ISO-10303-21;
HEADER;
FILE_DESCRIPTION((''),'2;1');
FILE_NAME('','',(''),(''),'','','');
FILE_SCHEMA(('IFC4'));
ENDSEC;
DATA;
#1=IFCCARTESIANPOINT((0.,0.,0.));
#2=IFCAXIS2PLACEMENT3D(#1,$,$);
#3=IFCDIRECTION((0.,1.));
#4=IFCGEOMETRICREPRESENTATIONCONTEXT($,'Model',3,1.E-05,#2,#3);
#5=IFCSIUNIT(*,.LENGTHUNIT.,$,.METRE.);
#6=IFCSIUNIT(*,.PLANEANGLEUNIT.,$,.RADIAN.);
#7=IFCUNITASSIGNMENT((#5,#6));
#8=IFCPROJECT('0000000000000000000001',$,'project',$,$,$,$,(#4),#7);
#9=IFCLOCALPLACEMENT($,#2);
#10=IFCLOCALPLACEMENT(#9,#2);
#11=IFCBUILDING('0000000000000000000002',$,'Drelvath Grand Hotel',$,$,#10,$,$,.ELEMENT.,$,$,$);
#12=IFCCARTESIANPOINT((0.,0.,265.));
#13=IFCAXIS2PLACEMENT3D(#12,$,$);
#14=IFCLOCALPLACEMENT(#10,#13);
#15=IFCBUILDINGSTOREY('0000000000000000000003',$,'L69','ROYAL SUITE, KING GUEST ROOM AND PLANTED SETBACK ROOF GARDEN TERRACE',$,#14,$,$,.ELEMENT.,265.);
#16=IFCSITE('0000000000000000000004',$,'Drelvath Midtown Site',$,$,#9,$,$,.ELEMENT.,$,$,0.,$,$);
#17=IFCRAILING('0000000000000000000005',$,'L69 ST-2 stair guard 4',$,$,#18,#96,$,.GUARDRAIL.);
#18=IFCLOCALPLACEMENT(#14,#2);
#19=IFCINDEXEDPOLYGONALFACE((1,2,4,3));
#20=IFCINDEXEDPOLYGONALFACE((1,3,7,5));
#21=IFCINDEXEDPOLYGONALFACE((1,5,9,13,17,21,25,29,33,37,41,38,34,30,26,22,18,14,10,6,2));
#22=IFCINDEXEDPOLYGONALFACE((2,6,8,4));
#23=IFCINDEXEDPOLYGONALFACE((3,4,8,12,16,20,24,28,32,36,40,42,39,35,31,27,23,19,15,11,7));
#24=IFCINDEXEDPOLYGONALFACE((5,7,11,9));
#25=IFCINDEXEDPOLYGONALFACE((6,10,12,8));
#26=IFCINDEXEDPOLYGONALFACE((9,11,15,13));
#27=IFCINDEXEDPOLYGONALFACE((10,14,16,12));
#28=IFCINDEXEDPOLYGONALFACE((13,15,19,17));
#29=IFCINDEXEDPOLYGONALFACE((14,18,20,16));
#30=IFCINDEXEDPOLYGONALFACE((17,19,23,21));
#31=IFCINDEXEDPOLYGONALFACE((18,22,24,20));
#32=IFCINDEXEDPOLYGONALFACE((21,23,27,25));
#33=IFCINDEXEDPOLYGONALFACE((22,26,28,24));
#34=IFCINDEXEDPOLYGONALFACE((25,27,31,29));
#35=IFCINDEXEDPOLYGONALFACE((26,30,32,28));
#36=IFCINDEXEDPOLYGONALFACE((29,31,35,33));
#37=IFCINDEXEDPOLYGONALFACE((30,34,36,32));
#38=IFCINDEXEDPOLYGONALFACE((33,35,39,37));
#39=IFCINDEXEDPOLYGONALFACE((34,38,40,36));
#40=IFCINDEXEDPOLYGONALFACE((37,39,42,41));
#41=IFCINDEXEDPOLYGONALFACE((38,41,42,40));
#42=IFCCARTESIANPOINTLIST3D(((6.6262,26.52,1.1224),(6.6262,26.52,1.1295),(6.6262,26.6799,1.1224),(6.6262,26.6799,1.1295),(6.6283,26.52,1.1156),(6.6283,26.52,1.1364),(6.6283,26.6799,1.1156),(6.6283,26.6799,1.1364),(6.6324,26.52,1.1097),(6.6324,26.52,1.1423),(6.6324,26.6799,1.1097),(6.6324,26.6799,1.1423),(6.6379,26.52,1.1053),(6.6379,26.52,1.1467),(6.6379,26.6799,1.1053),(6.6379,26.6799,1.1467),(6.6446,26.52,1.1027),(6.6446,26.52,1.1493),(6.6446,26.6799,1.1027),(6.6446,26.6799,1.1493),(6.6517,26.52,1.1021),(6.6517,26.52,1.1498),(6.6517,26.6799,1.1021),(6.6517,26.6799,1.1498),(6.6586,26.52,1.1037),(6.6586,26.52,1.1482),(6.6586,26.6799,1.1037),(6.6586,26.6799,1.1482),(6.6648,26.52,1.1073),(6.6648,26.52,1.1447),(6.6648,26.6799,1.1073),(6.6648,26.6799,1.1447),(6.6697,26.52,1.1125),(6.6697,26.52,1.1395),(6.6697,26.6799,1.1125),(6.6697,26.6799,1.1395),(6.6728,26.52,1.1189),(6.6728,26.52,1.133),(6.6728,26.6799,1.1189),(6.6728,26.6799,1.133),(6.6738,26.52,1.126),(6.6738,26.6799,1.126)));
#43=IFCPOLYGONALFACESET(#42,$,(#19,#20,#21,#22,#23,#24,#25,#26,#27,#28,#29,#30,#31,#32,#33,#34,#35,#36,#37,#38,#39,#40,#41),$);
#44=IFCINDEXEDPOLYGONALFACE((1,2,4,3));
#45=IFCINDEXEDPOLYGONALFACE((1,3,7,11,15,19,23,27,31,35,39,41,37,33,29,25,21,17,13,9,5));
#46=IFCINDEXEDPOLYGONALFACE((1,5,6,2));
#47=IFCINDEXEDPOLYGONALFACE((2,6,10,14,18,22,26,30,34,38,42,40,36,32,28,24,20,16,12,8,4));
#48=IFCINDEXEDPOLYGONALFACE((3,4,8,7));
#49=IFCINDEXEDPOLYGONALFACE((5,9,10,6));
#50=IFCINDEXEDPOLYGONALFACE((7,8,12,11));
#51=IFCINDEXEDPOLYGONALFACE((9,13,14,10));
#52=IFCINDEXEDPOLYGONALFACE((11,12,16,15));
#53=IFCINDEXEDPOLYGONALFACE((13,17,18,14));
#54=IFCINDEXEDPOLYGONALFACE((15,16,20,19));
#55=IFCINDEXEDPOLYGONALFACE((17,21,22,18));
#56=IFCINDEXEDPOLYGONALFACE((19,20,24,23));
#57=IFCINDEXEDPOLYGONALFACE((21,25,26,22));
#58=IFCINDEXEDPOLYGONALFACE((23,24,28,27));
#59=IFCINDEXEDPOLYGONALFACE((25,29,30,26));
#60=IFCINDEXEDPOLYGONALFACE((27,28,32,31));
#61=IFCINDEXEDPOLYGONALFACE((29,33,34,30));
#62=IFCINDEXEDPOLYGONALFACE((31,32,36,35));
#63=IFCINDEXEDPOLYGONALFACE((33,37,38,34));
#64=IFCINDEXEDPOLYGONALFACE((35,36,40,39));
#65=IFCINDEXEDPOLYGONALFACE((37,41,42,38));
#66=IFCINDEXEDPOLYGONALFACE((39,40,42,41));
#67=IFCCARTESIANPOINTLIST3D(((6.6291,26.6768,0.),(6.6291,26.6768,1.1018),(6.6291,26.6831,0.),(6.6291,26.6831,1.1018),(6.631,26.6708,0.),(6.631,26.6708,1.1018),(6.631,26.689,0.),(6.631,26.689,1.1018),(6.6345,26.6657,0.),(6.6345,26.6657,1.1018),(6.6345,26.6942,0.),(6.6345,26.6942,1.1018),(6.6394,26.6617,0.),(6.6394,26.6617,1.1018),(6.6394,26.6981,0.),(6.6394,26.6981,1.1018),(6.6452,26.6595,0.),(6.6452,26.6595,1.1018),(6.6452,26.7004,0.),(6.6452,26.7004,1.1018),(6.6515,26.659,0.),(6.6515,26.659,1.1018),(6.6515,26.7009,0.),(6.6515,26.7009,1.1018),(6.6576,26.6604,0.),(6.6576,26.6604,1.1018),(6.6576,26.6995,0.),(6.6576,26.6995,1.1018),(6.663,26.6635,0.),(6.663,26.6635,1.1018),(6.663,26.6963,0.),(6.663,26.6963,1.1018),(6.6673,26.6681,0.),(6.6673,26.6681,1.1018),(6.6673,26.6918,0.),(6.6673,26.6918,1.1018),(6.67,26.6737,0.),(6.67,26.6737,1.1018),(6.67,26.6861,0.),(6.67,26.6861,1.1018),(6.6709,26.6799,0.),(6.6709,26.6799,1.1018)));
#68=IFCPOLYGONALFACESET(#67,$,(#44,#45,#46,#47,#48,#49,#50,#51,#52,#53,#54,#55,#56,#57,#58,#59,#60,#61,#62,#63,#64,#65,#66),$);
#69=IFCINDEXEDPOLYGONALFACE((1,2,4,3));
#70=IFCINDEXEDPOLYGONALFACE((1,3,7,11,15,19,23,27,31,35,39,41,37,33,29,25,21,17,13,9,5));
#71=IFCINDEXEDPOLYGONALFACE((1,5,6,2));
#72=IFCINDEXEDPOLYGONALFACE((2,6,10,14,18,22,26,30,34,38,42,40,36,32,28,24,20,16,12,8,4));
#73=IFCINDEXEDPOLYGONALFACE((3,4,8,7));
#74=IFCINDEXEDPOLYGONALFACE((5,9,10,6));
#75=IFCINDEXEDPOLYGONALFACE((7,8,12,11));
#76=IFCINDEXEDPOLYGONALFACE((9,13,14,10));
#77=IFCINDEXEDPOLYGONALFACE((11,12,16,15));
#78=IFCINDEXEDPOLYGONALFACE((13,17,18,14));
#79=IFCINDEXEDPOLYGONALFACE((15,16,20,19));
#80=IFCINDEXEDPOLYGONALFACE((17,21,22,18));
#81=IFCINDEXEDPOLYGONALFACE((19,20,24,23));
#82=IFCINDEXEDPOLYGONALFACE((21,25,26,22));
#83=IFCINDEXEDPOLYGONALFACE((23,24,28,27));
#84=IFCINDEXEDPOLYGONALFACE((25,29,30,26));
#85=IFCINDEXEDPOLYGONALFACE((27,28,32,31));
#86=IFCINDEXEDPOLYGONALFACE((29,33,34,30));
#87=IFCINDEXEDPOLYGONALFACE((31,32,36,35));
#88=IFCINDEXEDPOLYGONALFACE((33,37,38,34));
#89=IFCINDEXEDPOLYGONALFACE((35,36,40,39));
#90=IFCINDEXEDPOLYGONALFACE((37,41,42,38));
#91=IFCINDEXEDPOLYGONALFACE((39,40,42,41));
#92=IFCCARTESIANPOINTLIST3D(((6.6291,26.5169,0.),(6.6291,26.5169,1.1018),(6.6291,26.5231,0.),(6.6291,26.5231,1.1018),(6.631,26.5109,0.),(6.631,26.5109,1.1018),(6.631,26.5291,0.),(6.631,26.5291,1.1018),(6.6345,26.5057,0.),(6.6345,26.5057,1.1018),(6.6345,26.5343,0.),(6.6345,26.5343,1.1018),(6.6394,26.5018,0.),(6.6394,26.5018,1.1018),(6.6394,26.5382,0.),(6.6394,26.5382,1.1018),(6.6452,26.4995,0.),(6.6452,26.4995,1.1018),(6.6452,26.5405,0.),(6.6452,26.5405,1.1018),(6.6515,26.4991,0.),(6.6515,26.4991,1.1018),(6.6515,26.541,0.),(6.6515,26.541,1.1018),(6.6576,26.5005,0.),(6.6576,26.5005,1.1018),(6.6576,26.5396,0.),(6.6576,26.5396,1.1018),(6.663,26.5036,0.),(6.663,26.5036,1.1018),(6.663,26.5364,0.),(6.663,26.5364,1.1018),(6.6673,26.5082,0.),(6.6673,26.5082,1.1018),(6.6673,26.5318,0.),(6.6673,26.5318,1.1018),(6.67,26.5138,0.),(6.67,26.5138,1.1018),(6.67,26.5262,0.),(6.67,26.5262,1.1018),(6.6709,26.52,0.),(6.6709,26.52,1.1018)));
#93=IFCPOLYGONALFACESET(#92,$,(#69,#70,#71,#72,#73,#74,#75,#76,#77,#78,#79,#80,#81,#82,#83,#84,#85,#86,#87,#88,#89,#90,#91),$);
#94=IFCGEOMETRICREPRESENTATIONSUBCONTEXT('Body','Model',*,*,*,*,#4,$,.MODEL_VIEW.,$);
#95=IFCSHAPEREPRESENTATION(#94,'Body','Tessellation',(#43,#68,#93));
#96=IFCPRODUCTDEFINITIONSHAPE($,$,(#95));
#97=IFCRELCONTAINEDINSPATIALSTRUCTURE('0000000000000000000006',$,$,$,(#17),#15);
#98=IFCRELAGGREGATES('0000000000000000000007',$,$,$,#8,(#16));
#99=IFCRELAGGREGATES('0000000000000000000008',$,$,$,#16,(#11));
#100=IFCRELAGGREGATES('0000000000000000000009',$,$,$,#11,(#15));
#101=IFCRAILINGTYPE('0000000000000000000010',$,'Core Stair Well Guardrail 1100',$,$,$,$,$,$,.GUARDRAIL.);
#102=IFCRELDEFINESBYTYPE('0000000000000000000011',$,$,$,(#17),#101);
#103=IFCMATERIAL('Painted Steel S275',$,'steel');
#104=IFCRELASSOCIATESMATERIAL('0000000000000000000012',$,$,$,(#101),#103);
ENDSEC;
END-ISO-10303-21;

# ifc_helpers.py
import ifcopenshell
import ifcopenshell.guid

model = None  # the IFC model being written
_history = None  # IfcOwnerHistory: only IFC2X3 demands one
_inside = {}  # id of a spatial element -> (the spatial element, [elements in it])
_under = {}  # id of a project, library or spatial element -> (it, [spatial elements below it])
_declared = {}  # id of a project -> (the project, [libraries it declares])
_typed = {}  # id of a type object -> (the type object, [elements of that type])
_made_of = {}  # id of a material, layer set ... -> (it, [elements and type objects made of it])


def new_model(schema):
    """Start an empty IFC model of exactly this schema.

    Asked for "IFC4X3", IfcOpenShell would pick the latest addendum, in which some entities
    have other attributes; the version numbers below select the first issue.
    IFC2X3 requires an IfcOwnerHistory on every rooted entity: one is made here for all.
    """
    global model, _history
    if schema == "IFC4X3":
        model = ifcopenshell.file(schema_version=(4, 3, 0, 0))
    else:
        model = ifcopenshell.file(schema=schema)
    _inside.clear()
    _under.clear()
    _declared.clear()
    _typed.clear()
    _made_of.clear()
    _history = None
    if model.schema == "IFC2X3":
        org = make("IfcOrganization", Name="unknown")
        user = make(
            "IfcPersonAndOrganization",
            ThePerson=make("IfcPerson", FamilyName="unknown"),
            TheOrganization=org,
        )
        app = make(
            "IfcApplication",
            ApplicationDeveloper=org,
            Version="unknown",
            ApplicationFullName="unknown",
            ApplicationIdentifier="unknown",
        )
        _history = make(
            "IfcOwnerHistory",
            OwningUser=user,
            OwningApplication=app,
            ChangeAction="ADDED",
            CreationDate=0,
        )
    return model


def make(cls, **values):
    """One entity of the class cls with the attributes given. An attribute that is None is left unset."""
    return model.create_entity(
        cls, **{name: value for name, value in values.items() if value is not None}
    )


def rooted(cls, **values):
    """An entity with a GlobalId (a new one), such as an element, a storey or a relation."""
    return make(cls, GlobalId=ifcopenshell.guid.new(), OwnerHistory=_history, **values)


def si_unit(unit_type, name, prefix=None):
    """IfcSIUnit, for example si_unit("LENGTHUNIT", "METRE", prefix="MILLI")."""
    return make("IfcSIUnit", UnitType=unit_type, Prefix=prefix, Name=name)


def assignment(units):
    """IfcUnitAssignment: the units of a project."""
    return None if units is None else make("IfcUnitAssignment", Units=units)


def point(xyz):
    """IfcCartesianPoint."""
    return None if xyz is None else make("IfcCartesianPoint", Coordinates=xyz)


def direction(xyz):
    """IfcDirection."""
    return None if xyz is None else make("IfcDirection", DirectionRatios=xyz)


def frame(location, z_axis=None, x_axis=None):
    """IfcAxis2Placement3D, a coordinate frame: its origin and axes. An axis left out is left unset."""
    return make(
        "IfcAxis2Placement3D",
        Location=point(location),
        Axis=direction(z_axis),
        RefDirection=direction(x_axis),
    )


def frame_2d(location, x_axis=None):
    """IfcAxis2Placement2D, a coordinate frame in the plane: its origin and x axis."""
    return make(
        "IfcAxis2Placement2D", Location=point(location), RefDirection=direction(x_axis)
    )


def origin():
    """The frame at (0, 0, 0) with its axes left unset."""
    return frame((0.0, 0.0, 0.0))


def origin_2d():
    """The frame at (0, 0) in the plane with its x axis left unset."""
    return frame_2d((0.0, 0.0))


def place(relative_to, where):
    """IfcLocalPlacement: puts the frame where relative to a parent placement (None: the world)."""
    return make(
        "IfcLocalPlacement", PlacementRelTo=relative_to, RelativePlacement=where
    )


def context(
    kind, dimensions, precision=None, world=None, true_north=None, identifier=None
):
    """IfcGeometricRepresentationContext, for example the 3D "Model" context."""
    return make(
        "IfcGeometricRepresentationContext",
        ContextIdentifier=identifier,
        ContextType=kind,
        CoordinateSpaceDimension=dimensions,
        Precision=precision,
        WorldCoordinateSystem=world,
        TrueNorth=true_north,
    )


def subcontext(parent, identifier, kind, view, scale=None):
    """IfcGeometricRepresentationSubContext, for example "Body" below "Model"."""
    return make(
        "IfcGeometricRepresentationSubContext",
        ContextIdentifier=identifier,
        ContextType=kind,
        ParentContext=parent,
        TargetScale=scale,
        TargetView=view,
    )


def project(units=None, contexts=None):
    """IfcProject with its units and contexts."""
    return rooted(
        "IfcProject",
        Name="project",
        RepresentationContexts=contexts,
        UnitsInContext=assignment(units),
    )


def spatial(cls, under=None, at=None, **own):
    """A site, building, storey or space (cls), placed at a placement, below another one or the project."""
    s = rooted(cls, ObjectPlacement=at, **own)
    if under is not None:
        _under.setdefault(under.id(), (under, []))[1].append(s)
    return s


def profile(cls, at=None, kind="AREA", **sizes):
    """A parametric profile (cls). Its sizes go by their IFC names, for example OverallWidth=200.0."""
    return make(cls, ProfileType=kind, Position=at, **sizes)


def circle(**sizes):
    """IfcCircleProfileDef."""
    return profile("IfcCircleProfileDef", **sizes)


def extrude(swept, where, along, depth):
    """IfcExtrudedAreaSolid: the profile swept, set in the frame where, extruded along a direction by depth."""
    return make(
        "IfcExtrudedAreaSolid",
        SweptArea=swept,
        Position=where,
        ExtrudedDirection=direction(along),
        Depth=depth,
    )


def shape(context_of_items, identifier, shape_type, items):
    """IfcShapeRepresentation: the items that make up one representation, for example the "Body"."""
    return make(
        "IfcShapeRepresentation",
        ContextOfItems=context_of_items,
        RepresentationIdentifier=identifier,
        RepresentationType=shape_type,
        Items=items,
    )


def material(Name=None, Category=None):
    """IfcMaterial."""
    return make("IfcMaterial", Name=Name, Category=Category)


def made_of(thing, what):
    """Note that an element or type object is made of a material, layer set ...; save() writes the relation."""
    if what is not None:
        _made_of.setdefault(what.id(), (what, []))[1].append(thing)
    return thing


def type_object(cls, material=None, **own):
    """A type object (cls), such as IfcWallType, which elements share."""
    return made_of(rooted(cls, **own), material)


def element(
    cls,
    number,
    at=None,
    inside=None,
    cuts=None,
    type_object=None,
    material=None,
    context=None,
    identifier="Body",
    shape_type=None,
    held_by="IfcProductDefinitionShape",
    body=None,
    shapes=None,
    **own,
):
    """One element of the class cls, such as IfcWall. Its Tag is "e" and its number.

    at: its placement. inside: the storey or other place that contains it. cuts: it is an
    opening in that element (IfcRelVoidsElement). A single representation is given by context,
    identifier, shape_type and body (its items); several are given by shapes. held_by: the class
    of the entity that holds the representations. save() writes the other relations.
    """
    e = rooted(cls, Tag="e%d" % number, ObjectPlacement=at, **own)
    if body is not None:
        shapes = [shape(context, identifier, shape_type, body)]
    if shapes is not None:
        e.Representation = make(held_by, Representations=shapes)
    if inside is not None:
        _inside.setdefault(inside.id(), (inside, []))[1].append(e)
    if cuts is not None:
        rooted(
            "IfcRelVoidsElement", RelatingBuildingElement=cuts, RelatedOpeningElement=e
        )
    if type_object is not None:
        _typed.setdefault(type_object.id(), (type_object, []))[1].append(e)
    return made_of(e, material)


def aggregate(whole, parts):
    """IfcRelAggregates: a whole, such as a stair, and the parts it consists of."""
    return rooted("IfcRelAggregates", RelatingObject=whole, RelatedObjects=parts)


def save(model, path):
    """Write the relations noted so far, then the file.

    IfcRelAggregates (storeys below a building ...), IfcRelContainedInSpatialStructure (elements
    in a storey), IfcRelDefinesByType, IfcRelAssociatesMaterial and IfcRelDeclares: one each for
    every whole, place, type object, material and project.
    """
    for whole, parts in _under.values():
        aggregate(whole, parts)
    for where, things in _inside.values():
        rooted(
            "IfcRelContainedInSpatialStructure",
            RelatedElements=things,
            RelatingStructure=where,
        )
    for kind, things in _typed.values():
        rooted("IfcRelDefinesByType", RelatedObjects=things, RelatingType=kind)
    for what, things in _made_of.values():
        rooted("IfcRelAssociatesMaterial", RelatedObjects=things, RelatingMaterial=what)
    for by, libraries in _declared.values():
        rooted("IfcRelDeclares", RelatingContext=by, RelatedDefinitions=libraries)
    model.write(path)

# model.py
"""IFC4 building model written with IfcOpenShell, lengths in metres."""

from ifc_helpers import new_model, si_unit, direction, frame, origin, origin_2d, place, context, subcontext, project, spatial, circle, extrude, material, type_object, element, save


model = new_model("IFC4")

# Units and contexts
model_context = context("Model", 3, precision=1e-05, world=origin(), true_north=direction((0.0, 1.0)))
body_context = subcontext(model_context, "Body", "Model", "MODEL_VIEW")
ifc_project = project(units=[si_unit("LENGTHUNIT", "METRE"), si_unit("PLANEANGLEUNIT", "RADIAN")], contexts=[model_context])

# Site, building, storey
site_placement = place(None, origin())
site = spatial("IfcSite", under=ifc_project, at=site_placement, Name="Drelvath Midtown Site", CompositionType="ELEMENT", RefElevation=0.0)
building_placement = place(site_placement, origin())
building = spatial("IfcBuilding", under=site, at=building_placement, Name="Drelvath Grand Hotel", CompositionType="ELEMENT")
storey_placement = place(building_placement, frame((0.0, 0.0, 265.0)))
storey = spatial("IfcBuildingStorey", under=building, at=storey_placement, Name="L69", Description="ROYAL SUITE, KING GUEST ROOM AND PLANTED SETBACK ROOF GARDEN TERRACE", CompositionType="ELEMENT", Elevation=265.0)

# Railing
ifc_material_1 = material(Name="Painted Steel S275", Category="steel")
railing_type_1 = type_object("IfcRailingType", Name="Core Stair Well Guardrail 1100", PredefinedType="GUARDRAIL", material=ifc_material_1)
railing_1_placement = place(storey_placement, frame((6.6499, 26.6799, 0.0)))
element("IfcRailing", 1, at=railing_1_placement, inside=storey, type_object=railing_type_1, Name="L69 ST-2 stair guard 4", PredefinedType="GUARDRAIL", context=body_context, shape_type="SweptSolid", body=[
    extrude(circle(Radius=0.0239, at=origin_2d()), frame((0.0, 0.0, 1.126), z_axis=(0.0, -1.0, 0.0), x_axis=(1.0, 0.0, 0.0)), (0.0, 0.0, 1.0), 0.1599),
    extrude(circle(Radius=0.021, at=origin_2d()), origin(), (0.0, 0.0, 1.0), 1.1018),
    extrude(circle(Radius=0.021, at=origin_2d()), frame((0.0, -0.1599, 0.0)), (0.0, 0.0, 1.0), 1.1018),
])

save(model, "model.ifc")
